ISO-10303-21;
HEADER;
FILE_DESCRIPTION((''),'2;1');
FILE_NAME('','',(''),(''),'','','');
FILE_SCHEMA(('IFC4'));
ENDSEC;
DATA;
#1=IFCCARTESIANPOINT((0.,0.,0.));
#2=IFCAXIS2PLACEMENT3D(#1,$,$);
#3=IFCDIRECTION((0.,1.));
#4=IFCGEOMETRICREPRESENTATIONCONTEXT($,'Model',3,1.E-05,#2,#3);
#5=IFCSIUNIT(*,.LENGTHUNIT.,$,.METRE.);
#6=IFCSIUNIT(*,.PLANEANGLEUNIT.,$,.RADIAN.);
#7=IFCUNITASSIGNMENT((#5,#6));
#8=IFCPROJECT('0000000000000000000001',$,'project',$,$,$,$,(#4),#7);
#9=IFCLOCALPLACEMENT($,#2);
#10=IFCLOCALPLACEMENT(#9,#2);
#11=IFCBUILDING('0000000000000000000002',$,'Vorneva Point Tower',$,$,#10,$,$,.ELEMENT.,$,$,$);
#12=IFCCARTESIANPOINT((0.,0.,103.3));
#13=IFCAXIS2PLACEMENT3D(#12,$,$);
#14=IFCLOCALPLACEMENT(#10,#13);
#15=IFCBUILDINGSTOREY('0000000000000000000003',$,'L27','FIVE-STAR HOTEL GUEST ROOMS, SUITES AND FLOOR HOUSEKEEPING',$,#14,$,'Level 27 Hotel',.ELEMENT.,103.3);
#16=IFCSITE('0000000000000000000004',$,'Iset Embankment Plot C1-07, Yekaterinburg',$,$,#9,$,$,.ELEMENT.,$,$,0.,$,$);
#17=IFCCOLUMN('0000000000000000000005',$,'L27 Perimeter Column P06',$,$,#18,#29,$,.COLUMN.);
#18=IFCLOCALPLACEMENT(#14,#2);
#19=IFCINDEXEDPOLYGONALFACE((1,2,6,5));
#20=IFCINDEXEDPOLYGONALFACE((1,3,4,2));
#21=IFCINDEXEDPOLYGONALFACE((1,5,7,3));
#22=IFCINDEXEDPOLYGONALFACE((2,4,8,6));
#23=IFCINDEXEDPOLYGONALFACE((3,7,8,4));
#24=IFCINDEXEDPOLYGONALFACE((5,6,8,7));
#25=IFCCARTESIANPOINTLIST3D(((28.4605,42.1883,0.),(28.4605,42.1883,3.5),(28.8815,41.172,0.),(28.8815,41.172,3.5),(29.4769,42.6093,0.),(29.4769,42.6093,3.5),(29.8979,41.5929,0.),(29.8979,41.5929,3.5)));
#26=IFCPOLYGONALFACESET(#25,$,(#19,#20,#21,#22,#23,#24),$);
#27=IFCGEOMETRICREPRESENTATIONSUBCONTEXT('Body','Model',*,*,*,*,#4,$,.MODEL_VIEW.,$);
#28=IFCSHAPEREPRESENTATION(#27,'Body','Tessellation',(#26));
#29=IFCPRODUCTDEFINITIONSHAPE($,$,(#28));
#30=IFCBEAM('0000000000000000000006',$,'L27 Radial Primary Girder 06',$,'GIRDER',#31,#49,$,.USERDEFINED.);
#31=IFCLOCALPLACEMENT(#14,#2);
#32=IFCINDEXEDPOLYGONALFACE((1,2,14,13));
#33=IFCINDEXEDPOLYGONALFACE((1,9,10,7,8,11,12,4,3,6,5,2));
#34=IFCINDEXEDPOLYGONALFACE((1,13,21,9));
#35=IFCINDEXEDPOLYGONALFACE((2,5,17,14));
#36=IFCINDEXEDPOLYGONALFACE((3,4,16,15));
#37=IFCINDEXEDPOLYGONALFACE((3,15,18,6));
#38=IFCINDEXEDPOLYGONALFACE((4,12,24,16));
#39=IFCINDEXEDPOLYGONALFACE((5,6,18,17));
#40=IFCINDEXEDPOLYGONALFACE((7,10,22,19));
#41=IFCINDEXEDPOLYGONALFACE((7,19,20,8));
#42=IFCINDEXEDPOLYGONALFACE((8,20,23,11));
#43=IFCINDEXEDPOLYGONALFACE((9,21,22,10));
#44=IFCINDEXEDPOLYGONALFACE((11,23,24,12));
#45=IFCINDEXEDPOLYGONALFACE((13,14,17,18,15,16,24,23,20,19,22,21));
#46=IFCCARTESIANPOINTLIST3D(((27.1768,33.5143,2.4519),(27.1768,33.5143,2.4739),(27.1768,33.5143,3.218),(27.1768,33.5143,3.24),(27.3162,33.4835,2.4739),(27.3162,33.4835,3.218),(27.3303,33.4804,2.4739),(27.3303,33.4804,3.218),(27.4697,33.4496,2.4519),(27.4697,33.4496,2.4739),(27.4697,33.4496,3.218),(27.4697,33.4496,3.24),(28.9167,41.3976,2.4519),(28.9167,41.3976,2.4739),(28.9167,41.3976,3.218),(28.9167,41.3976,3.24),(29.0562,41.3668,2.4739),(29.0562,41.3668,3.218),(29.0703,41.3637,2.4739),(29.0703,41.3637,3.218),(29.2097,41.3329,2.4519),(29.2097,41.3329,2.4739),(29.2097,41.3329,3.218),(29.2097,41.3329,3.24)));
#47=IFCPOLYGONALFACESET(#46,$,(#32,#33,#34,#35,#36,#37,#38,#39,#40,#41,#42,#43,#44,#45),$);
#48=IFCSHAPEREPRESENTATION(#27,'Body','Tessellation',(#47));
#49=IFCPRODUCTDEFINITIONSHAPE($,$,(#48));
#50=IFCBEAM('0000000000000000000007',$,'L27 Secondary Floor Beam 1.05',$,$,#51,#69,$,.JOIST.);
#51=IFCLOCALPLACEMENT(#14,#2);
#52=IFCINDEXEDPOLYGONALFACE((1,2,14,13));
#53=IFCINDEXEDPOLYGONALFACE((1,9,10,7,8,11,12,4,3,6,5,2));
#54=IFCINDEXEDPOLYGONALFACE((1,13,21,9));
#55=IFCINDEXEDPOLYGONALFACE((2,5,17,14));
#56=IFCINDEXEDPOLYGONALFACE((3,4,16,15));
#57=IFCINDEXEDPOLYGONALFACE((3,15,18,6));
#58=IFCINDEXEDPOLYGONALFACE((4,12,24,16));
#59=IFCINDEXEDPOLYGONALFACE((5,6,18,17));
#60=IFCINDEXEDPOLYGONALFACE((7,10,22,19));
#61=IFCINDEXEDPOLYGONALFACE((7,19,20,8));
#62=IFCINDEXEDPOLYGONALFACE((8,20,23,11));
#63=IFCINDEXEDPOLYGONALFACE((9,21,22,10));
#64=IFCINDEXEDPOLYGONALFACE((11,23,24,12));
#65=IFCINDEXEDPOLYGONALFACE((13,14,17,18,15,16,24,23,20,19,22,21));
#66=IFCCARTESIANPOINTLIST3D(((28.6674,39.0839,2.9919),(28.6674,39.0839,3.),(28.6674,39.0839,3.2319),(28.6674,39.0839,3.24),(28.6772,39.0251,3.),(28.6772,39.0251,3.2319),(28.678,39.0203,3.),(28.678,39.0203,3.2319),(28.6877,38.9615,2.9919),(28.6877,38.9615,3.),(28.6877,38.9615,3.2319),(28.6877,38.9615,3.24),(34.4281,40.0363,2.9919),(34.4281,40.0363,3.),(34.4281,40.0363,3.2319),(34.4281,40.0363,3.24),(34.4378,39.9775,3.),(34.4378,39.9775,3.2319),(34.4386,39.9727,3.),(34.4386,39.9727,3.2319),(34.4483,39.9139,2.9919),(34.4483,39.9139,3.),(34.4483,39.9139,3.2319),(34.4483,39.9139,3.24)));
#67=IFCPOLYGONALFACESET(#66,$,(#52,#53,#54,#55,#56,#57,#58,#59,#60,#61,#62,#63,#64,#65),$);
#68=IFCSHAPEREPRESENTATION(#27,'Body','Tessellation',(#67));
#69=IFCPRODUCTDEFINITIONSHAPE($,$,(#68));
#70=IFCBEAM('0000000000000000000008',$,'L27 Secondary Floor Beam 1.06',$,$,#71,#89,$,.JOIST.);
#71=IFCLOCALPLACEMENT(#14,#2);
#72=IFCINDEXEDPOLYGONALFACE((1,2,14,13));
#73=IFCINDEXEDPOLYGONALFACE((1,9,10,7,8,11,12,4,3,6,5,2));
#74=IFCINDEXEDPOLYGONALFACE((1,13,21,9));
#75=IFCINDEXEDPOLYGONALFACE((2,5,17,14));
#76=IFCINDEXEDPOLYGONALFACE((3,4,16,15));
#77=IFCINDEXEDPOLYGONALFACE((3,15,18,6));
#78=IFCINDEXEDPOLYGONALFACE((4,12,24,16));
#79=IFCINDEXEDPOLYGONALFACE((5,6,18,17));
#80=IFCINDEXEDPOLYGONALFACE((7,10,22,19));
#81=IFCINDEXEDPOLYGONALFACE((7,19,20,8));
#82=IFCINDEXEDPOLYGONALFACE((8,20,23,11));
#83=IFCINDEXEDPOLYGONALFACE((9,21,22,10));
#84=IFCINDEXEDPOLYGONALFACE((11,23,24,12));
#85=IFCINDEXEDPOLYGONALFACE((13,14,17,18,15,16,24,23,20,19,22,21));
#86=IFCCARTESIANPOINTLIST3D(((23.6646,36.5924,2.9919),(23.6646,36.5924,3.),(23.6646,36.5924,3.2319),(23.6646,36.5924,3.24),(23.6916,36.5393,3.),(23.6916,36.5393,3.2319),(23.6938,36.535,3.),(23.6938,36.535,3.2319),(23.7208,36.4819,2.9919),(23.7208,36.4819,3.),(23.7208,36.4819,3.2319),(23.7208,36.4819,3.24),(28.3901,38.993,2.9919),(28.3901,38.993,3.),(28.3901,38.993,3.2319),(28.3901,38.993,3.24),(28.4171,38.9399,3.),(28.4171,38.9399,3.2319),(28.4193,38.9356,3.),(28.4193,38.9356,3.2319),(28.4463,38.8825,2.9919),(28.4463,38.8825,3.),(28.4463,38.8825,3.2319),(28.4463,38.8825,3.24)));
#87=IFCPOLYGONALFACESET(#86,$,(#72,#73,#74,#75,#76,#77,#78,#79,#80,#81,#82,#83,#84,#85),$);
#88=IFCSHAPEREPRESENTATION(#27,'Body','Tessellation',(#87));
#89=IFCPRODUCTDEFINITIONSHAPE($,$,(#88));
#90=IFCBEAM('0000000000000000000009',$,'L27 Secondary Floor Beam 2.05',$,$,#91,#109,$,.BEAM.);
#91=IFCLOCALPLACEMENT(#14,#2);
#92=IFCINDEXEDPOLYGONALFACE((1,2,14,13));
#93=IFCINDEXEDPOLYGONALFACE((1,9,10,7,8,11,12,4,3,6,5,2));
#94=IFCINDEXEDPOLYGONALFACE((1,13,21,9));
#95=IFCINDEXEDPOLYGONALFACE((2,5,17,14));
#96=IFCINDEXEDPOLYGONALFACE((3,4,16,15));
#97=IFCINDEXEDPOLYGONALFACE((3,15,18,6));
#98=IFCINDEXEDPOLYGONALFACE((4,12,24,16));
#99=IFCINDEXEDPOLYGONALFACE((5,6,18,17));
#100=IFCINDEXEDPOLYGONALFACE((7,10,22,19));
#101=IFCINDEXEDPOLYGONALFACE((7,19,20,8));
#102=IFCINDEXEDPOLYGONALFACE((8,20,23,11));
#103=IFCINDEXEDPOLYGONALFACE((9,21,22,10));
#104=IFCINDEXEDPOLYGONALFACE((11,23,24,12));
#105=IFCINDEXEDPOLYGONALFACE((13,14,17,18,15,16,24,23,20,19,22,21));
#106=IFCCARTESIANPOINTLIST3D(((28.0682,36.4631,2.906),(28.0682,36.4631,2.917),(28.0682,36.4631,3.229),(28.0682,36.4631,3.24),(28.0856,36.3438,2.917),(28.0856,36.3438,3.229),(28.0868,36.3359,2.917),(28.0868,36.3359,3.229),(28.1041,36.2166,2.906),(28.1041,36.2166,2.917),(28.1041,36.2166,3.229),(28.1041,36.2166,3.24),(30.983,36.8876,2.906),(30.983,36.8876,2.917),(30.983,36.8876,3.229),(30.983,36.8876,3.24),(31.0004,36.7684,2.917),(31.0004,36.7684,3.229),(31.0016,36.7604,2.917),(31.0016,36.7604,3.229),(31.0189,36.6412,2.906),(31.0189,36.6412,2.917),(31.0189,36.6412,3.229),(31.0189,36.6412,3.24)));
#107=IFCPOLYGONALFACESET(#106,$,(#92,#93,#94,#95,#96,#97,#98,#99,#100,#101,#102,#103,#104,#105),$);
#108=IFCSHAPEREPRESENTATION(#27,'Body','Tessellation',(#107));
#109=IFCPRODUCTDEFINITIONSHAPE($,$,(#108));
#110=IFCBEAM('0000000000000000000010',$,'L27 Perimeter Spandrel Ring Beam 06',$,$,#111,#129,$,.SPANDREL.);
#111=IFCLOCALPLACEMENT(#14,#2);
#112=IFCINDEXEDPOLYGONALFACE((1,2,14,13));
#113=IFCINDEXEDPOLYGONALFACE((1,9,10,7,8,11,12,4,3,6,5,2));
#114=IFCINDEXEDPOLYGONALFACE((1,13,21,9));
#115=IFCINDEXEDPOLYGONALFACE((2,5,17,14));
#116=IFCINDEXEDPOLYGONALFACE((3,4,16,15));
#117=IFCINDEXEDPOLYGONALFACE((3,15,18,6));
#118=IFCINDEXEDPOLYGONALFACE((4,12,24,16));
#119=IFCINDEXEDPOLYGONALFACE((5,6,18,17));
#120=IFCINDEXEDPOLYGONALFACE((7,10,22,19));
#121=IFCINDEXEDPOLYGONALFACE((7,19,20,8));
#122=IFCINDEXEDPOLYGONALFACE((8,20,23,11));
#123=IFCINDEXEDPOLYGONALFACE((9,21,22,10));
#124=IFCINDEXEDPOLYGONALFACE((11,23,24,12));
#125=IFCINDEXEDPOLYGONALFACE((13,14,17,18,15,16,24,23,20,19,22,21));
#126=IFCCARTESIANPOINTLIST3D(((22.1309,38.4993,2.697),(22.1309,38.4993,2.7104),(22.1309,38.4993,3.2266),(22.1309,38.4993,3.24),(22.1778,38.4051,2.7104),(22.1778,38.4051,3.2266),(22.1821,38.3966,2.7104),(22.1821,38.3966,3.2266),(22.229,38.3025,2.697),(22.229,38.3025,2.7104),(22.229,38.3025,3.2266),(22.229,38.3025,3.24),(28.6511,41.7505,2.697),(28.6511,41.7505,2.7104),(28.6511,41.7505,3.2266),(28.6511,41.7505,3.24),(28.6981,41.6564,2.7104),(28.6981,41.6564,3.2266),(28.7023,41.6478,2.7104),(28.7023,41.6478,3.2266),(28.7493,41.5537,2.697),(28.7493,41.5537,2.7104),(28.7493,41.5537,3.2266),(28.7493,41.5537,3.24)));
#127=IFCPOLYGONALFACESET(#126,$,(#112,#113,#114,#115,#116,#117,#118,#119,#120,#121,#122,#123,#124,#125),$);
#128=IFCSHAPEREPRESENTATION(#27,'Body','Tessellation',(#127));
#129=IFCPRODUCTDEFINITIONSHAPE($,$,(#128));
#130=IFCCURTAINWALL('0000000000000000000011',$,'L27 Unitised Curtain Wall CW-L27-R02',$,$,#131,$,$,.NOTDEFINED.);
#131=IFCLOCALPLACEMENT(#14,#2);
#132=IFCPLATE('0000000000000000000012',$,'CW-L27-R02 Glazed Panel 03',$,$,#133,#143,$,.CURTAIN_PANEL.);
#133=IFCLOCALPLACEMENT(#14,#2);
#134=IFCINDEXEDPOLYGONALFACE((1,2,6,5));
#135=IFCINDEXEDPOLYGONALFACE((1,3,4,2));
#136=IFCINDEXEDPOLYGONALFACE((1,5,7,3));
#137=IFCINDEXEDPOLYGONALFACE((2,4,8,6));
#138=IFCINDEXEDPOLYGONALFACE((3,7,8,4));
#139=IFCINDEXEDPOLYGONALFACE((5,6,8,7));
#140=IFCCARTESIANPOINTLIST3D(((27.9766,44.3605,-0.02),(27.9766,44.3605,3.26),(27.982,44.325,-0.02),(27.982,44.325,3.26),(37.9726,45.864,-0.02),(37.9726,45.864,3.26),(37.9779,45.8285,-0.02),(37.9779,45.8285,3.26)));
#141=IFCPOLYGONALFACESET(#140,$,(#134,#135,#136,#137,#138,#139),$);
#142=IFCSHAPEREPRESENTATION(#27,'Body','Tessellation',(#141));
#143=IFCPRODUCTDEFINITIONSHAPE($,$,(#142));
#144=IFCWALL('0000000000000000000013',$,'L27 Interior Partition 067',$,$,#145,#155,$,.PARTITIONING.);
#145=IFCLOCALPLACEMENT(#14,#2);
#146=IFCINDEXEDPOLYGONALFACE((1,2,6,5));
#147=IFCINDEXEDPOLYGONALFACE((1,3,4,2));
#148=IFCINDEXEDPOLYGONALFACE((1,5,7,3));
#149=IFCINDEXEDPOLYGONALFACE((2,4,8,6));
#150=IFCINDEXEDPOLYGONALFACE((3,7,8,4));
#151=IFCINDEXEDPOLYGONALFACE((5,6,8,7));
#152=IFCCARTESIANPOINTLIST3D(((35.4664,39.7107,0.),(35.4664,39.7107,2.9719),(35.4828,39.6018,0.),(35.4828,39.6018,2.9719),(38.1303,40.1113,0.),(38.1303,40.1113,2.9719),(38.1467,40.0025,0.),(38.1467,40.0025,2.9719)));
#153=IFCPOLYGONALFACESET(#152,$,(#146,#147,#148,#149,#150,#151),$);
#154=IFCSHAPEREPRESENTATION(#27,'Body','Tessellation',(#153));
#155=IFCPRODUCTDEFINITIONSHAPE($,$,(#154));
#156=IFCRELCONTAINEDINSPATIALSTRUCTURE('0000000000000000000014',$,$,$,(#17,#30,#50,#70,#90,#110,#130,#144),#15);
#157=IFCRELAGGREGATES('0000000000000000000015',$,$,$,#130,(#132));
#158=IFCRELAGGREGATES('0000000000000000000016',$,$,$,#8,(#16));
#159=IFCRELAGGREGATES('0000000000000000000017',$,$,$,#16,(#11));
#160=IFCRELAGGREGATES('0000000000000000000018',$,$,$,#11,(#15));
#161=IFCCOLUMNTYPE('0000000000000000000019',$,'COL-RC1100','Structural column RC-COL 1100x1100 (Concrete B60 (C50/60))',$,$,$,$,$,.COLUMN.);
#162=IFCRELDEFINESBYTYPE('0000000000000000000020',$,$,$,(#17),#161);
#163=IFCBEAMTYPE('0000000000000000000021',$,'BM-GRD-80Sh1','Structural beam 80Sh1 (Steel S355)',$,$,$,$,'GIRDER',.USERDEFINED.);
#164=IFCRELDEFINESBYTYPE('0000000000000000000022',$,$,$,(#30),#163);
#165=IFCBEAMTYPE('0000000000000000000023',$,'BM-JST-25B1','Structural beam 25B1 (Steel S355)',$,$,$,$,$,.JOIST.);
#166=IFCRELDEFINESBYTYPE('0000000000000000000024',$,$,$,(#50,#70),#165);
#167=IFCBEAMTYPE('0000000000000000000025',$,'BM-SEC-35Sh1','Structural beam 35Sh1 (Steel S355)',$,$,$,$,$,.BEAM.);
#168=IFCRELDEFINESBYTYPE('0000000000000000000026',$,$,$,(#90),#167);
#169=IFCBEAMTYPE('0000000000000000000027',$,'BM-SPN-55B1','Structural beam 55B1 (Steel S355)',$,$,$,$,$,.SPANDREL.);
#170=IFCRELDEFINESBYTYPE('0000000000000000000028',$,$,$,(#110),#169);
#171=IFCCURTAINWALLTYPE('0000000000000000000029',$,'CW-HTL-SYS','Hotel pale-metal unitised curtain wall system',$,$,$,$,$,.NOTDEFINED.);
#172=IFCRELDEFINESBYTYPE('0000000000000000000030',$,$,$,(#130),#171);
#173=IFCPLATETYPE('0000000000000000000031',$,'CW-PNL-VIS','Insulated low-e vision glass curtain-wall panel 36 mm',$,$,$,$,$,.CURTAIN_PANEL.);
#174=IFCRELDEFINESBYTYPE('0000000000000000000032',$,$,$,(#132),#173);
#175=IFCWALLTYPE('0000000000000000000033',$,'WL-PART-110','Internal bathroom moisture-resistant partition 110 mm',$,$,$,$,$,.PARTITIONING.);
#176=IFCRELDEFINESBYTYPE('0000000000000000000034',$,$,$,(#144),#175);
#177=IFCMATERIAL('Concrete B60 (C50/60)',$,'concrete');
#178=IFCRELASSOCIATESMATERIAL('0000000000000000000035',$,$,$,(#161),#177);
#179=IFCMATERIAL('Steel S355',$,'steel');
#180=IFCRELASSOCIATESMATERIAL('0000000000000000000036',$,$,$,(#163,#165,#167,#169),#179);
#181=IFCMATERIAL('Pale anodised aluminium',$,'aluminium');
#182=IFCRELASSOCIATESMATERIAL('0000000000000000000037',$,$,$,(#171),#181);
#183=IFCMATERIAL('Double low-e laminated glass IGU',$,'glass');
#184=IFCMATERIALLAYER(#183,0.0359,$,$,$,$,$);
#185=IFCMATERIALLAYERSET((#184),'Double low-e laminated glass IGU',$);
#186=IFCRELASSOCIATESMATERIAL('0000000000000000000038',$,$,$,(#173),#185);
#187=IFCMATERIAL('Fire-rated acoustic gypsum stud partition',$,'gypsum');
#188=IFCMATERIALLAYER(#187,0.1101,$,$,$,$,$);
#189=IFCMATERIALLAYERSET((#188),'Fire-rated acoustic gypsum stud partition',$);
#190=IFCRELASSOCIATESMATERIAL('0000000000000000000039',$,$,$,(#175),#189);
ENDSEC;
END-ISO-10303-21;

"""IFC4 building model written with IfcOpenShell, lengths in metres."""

from ifc_helpers import new_model, si_unit, direction, frame, frame_2d, origin, origin_2d, place, context, subcontext, project, spatial, rectangle, i_section, extrude, material, layer, layer_set, material_profile, profile_set, type_object, element, aggregate, save


model = new_model("IFC4")

# Units and contexts
model_context = context("Model", 3, precision=1e-05, world=origin(), true_north=direction((0.0, 1.0)))
body_context = subcontext(model_context, "Body", "Model", "MODEL_VIEW")
ifc_project = project(units=[si_unit("LENGTHUNIT", "METRE"), si_unit("PLANEANGLEUNIT", "RADIAN")], contexts=[model_context])

# Site, building, storey
site_placement = place(None, origin())
site = spatial("IfcSite", under=ifc_project, at=site_placement, Name="Iset Embankment Plot C1-07, Yekaterinburg", CompositionType="ELEMENT", RefElevation=0.0)
building_placement = place(site_placement, origin())
building = spatial("IfcBuilding", under=site, at=building_placement, Name="Vorneva Point Tower", CompositionType="ELEMENT")
storey_placement = place(building_placement, frame((0.0, 0.0, 103.3)))
storey = spatial("IfcBuildingStorey", under=building, at=storey_placement, Name="L27", Description="FIVE-STAR HOTEL GUEST ROOMS, SUITES AND FLOOR HOUSEKEEPING", LongName="Level 27 Hotel", CompositionType="ELEMENT", Elevation=103.3)

# Column
ifc_material_1 = material(Name="Concrete B60 (C50/60)", Category="concrete")
ifc_material_profile_1 = material_profile(ifc_material_1, rectangle(XDim=1.1001, YDim=1.1001, at=origin_2d()), Name="RC-COL 1100x1100")
ifc_profile_set_1 = profile_set([ifc_material_profile_1], Name="Concrete B60 (C50/60)")
column_type = type_object("IfcColumnType", Name="COL-RC1100", Description="Structural column RC-COL 1100x1100 (Concrete B60 (C50/60))", PredefinedType="COLUMN", material=ifc_profile_set_1)
column_placement = place(storey_placement, frame((29.1792, 41.8906, 0.0), z_axis=(0.0, 0.0, 1.0), x_axis=(-0.382683, 0.92388, 0.0)))
element("IfcColumn", 1, at=column_placement, inside=storey, type_object=column_type, Name="L27 Perimeter Column P06", PredefinedType="COLUMN", context=body_context, shape_type="SweptSolid", body=[
    extrude(rectangle(XDim=1.1001, YDim=1.1001, at=origin_2d()), origin(), (0.0, 0.0, 1.0), 3.5),
])

# Beams
ifc_material_2 = material(Name="Steel S355", Category="steel")
ifc_material_profile_2 = material_profile(ifc_material_2, i_section(OverallWidth=0.3, OverallDepth=0.7881, WebThickness=0.0144, FlangeThickness=0.022, at=origin_2d()), Name="80Sh1")
ifc_profile_set_2 = profile_set([ifc_material_profile_2], Name="Steel S355")
beam_type_1 = type_object("IfcBeamType", Name="BM-GRD-80Sh1", Description="Structural beam 80Sh1 (Steel S355)", ElementType="GIRDER", PredefinedType="USERDEFINED", material=ifc_profile_set_2)
beam_1_placement = place(storey_placement, frame((29.0632, 41.3652, 2.8459), z_axis=(-0.215531, -0.976497, 0.0), x_axis=(0.976497, -0.215531, 0.0)))
element("IfcBeam", 2, at=beam_1_placement, inside=storey, type_object=beam_type_1, Name="L27 Radial Primary Girder 06", ObjectType="GIRDER", PredefinedType="USERDEFINED", context=body_context, shape_type="SweptSolid", body=[
    extrude(i_section(OverallWidth=0.3, OverallDepth=0.7881, WebThickness=0.0144, FlangeThickness=0.022, at=origin_2d()), origin(), (0.0, 0.0, 1.0), 8.073),
])
ifc_material_profile_3 = material_profile(ifc_material_2, i_section(OverallWidth=0.124, OverallDepth=0.248, WebThickness=0.0049, FlangeThickness=0.0081, at=origin_2d()), Name="25B1")
ifc_profile_set_3 = profile_set([ifc_material_profile_3], Name="Steel S355")
beam_type_2 = type_object("IfcBeamType", Name="BM-JST-25B1", Description="Structural beam 25B1 (Steel S355)", PredefinedType="JOIST", material=ifc_profile_set_3)
beam_2_placement = place(storey_placement, frame((34.4382, 39.9751, 3.116), z_axis=(-0.986608, -0.163111, 0.0), x_axis=(0.163111, -0.986608, 0.0)))
element("IfcBeam", 3, at=beam_2_placement, inside=storey, type_object=beam_type_2, Name="L27 Secondary Floor Beam 1.05", PredefinedType="JOIST", context=body_context, shape_type="SweptSolid", body=[
    extrude(i_section(OverallWidth=0.124, OverallDepth=0.248, WebThickness=0.0049, FlangeThickness=0.0081, at=origin_2d()), origin(), (0.0, 0.0, 1.0), 5.8389),
])
beam_3_placement = place(storey_placement, frame((28.4182, 38.9377, 3.116), z_axis=(-0.891553, -0.452916, 0.0), x_axis=(0.452916, -0.891553, 0.0)))
element("IfcBeam", 4, at=beam_3_placement, inside=storey, type_object=beam_type_2, Name="L27 Secondary Floor Beam 1.06", PredefinedType="JOIST", context=body_context, shape_type="SweptSolid", body=[
    extrude(i_section(OverallWidth=0.124, OverallDepth=0.248, WebThickness=0.0049, FlangeThickness=0.0081, at=origin_2d()), origin(), (0.0, 0.0, 1.0), 5.3003),
])
ifc_material_profile_4 = material_profile(ifc_material_2, i_section(OverallWidth=0.249, OverallDepth=0.334, WebThickness=0.0081, FlangeThickness=0.011, at=origin_2d()), Name="35Sh1")
ifc_profile_set_4 = profile_set([ifc_material_profile_4], Name="Steel S355")
beam_type_3 = type_object("IfcBeamType", Name="BM-SEC-35Sh1", Description="Structural beam 35Sh1 (Steel S355)", PredefinedType="BEAM", material=ifc_profile_set_4)
beam_4_placement = place(storey_placement, frame((31.001, 36.7644, 3.073), z_axis=(-0.989558, -0.144136, 0.0), x_axis=(0.144136, -0.989558, 0.0)))
element("IfcBeam", 5, at=beam_4_placement, inside=storey, type_object=beam_type_3, Name="L27 Secondary Floor Beam 2.05", PredefinedType="BEAM", context=body_context, shape_type="SweptSolid", body=[
    extrude(i_section(OverallWidth=0.249, OverallDepth=0.334, WebThickness=0.0081, FlangeThickness=0.011, at=origin_2d()), origin(), (0.0, 0.0, 1.0), 2.9456),
])
ifc_material_profile_5 = material_profile(ifc_material_2, i_section(OverallWidth=0.22, OverallDepth=0.543, WebThickness=0.0095, FlangeThickness=0.0134, at=origin_2d()), Name="55B1")
ifc_profile_set_5 = profile_set([ifc_material_profile_5], Name="Steel S355")
beam_type_4 = type_object("IfcBeamType", Name="BM-SPN-55B1", Description="Structural beam 55B1 (Steel S355)", PredefinedType="SPANDREL", material=ifc_profile_set_5)
beam_5_placement = place(storey_placement, frame((28.7002, 41.6521, 2.9685), z_axis=(-0.894916, -0.446235, 0.0), x_axis=(0.446235, -0.894916, 0.0)))
element("IfcBeam", 6, at=beam_5_placement, inside=storey, type_object=beam_type_4, Name="L27 Perimeter Spandrel Ring Beam 06", PredefinedType="SPANDREL", context=body_context, shape_type="SweptSolid", body=[
    extrude(i_section(OverallWidth=0.22, OverallDepth=0.543, WebThickness=0.0095, FlangeThickness=0.0134, at=origin_2d()), origin(), (0.0, 0.0, 1.0), 7.2859),
])

# Curtain wall, plate
ifc_material_3 = material(Name="Pale anodised aluminium", Category="aluminium")
curtain_wall_type = type_object("IfcCurtainWallType", Name="CW-HTL-SYS", Description="Hotel pale-metal unitised curtain wall system", PredefinedType="NOTDEFINED", material=ifc_material_3)
curtain_wall_placement = place(storey_placement, origin())
curtain_wall = element("IfcCurtainWall", 7, at=curtain_wall_placement, inside=storey, type_object=curtain_wall_type, Name="L27 Unitised Curtain Wall CW-L27-R02", PredefinedType="NOTDEFINED")
ifc_material_4 = material(Name="Double low-e laminated glass IGU", Category="glass")
ifc_layer_1 = layer(ifc_material_4, 0.0359)
ifc_layer_set_1 = layer_set([ifc_layer_1], Name="Double low-e laminated glass IGU")
plate_type = type_object("IfcPlateType", Name="CW-PNL-VIS", Description="Insulated low-e vision glass curtain-wall panel 36 mm", PredefinedType="CURTAIN_PANEL", material=ifc_layer_set_1)
plate_placement = place(storey_placement, frame((32.9773, 45.0945, -0.02), z_axis=(0.0, 0.0, 1.0), x_axis=(-0.988876, -0.148741, 0.0)))
plate = element("IfcPlate", 8, at=plate_placement, type_object=plate_type, Name="CW-L27-R02 Glazed Panel 03", PredefinedType="CURTAIN_PANEL", context=body_context, shape_type="SweptSolid", body=[
    extrude(rectangle(XDim=10.1084, YDim=0.0359, at=origin_2d()), origin(), (0.0, 0.0, 1.0), 3.28),
])
aggregate(curtain_wall, [plate])

# Wall
ifc_material_5 = material(Name="Fire-rated acoustic gypsum stud partition", Category="gypsum")
ifc_layer_2 = layer(ifc_material_5, 0.1101)
ifc_layer_set_2 = layer_set([ifc_layer_2], Name="Fire-rated acoustic gypsum stud partition")
wall_type_1 = type_object("IfcWallType", Name="WL-PART-110", Description="Internal bathroom moisture-resistant partition 110 mm", PredefinedType="PARTITIONING", material=ifc_layer_set_2)
wall_1_placement = place(storey_placement, frame((35.4746, 39.6562, 0.0), z_axis=(0.0, 0.0, 1.0), x_axis=(0.988878, 0.148726, 0.0)))
element("IfcWall", 9, at=wall_1_placement, inside=storey, type_object=wall_type_1, Name="L27 Interior Partition 067", PredefinedType="PARTITIONING", context=body_context, shape_type="SweptSolid", body=[
    extrude(rectangle(XDim=2.6938, YDim=0.1101, at=frame_2d((1.3469, 0.0))), origin(), (0.0, 0.0, 1.0), 2.9719),
])

save(model, "model.ifc")
